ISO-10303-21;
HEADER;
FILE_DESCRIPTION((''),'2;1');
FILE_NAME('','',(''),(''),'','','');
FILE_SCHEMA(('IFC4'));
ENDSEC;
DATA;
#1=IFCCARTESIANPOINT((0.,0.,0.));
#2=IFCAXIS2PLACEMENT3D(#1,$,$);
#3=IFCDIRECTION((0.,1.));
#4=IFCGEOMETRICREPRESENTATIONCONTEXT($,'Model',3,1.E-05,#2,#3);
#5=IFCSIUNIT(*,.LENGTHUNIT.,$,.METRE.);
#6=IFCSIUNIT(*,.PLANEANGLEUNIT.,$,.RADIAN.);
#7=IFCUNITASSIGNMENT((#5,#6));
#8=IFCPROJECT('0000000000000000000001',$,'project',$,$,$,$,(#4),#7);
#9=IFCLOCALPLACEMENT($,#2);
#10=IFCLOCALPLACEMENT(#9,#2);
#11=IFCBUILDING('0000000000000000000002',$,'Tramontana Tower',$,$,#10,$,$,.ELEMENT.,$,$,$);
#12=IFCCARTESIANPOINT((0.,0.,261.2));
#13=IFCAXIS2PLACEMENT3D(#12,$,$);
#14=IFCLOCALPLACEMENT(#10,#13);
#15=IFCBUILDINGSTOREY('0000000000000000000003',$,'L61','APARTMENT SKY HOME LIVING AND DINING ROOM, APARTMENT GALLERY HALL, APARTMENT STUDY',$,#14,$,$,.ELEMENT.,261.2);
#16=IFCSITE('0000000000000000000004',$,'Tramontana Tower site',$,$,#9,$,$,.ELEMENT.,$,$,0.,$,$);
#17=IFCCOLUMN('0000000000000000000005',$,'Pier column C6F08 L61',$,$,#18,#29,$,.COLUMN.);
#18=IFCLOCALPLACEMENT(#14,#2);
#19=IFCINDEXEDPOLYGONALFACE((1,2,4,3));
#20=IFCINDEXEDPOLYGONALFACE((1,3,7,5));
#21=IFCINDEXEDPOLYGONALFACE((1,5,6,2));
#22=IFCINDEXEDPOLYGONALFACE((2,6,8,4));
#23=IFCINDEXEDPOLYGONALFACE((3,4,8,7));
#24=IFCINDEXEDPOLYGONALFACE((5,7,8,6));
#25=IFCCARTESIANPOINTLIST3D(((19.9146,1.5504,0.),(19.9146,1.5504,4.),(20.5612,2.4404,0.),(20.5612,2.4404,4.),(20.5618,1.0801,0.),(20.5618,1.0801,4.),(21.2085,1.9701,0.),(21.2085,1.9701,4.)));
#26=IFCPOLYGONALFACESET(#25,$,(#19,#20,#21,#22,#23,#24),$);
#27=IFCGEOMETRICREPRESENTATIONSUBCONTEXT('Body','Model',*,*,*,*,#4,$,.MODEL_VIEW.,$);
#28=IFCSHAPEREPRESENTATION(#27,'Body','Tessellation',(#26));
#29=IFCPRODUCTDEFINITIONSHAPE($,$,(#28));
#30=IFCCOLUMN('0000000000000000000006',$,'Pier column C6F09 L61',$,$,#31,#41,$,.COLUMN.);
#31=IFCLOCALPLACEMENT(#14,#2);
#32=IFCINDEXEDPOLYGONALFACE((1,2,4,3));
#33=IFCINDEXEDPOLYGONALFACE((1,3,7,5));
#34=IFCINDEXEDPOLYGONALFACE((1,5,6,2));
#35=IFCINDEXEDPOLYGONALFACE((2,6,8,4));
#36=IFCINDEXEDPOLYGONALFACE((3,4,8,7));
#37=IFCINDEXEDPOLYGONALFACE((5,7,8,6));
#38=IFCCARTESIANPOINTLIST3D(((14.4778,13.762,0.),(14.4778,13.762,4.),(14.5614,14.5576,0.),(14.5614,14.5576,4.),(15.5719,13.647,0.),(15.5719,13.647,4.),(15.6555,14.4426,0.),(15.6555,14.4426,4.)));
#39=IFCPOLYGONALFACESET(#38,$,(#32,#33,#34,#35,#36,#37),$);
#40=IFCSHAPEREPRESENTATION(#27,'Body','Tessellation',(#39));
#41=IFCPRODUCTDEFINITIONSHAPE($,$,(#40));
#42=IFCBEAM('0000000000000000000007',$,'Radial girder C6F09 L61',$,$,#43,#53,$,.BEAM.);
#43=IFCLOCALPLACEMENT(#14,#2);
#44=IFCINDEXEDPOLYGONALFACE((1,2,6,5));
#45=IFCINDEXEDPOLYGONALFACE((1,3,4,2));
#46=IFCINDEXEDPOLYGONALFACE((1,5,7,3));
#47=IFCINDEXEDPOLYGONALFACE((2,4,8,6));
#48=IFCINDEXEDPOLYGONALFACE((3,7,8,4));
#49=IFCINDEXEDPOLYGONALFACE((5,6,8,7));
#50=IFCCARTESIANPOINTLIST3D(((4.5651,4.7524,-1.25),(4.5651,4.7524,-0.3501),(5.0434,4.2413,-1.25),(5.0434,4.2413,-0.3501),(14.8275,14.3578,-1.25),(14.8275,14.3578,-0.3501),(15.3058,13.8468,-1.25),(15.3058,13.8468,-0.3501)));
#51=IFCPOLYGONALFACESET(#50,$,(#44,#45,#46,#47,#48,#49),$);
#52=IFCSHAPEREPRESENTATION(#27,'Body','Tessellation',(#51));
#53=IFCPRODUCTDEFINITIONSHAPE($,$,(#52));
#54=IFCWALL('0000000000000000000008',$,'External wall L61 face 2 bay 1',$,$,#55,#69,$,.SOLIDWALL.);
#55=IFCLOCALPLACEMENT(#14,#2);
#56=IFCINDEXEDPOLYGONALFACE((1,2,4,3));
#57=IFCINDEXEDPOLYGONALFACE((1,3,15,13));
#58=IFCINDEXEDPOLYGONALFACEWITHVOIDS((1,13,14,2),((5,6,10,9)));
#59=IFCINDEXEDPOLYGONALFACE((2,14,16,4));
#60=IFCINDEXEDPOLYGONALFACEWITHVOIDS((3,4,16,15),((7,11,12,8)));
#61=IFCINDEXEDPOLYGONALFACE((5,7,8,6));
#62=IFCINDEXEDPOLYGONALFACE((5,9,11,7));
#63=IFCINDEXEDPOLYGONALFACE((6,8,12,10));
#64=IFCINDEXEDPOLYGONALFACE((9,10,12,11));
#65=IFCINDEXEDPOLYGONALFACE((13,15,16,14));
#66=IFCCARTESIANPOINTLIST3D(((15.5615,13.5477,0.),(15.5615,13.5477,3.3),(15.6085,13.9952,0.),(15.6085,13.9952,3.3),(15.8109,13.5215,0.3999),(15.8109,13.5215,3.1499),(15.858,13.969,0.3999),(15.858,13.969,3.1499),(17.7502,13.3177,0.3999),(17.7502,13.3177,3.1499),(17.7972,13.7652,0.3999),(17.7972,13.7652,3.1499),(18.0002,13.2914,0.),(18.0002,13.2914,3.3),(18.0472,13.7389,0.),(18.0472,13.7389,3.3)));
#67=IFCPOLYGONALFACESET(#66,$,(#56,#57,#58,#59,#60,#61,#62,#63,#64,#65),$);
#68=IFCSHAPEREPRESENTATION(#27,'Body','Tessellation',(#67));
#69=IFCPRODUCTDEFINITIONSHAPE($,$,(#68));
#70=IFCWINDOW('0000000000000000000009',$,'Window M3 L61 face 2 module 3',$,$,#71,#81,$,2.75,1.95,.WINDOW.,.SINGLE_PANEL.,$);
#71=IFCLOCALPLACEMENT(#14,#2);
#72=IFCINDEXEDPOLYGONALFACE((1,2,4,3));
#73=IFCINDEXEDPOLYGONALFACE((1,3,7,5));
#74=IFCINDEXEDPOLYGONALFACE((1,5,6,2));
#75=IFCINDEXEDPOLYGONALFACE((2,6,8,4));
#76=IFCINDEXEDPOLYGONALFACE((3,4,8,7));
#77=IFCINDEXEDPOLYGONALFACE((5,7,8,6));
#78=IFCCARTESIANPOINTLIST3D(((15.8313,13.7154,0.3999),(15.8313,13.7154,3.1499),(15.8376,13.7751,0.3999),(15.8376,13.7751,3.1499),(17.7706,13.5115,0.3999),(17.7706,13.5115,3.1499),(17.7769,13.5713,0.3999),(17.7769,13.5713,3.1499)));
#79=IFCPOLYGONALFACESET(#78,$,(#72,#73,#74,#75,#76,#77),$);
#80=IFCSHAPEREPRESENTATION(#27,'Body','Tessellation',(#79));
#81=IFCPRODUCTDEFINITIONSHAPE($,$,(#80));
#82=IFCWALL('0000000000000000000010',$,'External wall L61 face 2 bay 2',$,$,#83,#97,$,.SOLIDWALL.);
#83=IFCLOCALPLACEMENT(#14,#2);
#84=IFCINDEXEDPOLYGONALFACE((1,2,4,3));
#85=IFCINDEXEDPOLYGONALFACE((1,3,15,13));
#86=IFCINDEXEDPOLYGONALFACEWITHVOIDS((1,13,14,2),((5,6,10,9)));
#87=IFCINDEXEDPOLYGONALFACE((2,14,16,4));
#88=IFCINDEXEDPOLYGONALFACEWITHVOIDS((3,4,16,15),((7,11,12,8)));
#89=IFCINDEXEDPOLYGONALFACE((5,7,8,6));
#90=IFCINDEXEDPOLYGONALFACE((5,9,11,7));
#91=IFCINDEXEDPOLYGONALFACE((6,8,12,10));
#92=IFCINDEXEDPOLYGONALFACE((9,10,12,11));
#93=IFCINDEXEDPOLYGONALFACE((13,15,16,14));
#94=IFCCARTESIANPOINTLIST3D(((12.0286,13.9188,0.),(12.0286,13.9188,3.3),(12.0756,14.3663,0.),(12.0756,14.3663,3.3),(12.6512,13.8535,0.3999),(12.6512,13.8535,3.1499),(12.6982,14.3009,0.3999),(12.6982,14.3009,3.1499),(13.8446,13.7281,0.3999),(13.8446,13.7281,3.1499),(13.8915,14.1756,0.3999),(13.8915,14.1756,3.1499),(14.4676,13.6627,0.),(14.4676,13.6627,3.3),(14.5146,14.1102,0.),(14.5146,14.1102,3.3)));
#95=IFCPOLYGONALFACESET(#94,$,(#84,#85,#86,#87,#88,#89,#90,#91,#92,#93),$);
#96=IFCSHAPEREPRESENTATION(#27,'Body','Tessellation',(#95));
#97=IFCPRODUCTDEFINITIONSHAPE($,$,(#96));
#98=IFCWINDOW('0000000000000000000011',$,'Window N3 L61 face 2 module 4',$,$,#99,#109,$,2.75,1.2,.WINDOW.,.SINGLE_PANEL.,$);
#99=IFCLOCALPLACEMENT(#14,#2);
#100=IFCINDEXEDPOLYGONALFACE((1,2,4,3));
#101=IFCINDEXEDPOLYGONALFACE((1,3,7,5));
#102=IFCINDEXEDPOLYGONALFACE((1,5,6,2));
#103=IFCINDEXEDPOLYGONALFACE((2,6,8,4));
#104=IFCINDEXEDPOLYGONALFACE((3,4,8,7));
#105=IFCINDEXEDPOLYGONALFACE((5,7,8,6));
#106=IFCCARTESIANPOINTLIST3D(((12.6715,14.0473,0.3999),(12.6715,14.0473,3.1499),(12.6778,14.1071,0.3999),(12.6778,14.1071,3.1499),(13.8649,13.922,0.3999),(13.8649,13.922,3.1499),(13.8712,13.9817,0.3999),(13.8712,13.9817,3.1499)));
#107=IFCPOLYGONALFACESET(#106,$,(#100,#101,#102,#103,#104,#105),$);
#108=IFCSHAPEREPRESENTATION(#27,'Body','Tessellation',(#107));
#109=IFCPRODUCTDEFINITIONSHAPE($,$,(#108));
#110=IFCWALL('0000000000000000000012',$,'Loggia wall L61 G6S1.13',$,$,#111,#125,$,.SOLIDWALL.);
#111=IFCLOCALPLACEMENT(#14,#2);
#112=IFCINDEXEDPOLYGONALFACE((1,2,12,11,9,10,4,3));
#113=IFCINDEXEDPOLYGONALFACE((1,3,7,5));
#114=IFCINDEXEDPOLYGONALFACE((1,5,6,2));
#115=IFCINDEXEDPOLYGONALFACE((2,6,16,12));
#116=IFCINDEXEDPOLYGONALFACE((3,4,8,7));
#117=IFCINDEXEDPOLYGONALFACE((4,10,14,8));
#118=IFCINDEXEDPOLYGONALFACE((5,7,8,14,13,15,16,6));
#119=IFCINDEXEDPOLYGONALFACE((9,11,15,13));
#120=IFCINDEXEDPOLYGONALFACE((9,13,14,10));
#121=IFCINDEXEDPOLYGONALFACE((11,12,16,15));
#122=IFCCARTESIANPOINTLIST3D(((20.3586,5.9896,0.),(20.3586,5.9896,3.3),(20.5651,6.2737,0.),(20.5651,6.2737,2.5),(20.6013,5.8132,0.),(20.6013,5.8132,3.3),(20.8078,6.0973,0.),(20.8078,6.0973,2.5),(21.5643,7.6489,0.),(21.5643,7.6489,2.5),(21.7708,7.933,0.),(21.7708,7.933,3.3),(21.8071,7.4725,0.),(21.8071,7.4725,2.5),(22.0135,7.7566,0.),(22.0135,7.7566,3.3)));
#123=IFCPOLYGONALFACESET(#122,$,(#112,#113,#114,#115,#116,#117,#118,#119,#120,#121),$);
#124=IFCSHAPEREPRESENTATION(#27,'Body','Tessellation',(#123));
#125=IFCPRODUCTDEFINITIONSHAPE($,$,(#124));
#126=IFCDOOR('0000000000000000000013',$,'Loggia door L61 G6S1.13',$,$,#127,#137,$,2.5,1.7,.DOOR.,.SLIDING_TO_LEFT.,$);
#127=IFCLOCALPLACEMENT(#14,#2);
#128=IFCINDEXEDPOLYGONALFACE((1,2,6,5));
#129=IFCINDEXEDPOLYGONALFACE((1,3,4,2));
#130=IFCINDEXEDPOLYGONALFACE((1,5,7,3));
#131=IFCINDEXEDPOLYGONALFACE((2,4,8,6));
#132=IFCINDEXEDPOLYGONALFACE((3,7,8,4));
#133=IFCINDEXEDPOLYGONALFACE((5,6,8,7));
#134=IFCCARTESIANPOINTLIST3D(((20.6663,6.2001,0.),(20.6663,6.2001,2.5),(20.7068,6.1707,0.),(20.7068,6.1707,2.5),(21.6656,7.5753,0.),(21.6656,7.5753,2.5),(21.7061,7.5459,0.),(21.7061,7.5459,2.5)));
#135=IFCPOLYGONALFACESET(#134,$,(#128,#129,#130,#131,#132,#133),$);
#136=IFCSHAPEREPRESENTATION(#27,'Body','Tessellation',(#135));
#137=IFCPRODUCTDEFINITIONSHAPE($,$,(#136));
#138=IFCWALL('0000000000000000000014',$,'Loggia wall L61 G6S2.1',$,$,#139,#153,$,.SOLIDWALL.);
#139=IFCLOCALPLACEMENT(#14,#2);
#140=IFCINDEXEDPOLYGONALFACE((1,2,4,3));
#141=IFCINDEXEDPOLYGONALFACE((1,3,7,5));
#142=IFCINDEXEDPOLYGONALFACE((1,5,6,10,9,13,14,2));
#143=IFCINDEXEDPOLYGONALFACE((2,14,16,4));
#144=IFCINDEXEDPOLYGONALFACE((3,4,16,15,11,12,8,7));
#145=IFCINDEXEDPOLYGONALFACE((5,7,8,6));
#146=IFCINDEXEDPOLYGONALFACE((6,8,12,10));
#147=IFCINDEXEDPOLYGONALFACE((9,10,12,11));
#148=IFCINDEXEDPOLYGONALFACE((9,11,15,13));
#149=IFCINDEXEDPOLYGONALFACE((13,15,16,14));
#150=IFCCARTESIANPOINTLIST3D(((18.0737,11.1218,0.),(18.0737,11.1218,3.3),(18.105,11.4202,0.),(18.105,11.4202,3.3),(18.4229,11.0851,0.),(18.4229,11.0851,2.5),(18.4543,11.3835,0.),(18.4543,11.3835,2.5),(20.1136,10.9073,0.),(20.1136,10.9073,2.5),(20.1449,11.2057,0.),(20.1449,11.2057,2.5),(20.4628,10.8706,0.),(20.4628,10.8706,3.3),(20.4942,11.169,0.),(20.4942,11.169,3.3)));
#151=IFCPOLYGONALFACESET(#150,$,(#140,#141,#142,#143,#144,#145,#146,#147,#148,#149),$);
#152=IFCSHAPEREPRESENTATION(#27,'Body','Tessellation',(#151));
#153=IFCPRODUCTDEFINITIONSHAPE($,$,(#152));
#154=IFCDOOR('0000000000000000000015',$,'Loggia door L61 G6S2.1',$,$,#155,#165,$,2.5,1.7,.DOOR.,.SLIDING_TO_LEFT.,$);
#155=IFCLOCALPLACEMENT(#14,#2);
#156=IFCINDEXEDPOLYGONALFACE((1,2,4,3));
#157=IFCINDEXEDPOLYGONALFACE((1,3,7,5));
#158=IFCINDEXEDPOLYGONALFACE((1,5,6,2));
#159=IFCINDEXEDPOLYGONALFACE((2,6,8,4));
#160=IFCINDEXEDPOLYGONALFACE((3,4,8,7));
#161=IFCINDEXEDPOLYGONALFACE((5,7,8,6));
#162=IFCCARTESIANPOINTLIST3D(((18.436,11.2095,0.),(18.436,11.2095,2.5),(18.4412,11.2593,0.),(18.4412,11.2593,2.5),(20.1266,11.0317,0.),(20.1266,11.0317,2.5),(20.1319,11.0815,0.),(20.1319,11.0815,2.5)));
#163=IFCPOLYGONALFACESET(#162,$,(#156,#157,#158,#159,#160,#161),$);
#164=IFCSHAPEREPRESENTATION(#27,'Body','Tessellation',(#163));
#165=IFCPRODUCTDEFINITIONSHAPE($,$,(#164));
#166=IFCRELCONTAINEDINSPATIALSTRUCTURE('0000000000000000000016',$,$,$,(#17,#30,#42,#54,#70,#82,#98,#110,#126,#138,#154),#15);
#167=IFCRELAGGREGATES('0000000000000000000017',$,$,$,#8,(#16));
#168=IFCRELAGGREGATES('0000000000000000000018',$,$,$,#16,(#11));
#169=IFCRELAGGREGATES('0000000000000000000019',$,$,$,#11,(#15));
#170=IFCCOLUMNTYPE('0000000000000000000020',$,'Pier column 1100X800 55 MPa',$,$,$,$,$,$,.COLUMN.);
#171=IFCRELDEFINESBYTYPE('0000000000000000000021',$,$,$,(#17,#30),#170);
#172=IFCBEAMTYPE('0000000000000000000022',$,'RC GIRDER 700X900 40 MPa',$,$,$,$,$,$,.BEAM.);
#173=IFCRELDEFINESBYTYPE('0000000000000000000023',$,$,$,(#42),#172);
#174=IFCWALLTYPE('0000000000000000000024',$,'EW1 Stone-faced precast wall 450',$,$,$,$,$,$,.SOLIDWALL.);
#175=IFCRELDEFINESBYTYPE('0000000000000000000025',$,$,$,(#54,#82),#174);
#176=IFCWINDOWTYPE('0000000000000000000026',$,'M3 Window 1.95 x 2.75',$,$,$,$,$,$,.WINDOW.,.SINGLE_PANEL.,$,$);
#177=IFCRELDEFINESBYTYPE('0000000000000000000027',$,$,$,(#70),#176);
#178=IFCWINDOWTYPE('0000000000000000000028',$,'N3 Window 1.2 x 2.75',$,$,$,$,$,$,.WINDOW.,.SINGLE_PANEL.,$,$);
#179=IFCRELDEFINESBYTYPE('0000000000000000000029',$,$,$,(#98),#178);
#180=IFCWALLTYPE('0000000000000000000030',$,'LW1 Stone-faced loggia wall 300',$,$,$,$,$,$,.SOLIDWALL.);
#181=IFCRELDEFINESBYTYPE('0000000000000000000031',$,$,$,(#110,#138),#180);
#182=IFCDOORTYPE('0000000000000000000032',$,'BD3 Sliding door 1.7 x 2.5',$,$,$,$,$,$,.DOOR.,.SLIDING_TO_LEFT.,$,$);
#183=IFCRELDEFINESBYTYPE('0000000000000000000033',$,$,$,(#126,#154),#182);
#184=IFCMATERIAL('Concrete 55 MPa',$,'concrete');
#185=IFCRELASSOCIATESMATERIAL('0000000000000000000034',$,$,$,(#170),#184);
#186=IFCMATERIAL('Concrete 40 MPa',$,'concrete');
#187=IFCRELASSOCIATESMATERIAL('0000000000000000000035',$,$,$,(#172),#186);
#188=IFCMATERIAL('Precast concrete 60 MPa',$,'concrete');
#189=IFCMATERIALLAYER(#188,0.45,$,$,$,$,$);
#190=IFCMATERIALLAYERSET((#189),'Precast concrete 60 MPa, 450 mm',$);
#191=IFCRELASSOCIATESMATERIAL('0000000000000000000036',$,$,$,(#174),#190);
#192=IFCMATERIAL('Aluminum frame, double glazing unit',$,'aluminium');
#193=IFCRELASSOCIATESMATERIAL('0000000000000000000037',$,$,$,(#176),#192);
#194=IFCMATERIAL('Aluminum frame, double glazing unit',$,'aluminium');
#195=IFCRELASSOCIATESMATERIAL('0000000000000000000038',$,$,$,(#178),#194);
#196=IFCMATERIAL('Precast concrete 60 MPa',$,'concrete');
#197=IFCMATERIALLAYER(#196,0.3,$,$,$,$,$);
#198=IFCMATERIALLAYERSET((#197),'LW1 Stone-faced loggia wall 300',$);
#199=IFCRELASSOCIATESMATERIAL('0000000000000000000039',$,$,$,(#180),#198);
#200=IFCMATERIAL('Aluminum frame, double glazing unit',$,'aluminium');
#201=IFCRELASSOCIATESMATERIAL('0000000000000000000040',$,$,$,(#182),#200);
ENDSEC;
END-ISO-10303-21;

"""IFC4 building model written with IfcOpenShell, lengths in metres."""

from ifc_helpers import new_model, si_unit, direction, frame, frame_2d, origin, origin_2d, place, context, subcontext, project, spatial, rectangle, extrude, material, layer, layer_set, material_profile, profile_set, type_object, element, fill, save


model = new_model("IFC4")

# Units and contexts
model_context = context("Model", 3, precision=1e-05, world=origin(), true_north=direction((0.0, 1.0)))
body_context = subcontext(model_context, "Body", "Model", "MODEL_VIEW")
ifc_project = project(units=[si_unit("LENGTHUNIT", "METRE"), si_unit("PLANEANGLEUNIT", "RADIAN")], contexts=[model_context])

# Site, building, storey
site_placement = place(None, origin())
site = spatial("IfcSite", under=ifc_project, at=site_placement, Name="Tramontana Tower site", CompositionType="ELEMENT", RefElevation=0.0)
building_placement = place(site_placement, origin())
building = spatial("IfcBuilding", under=site, at=building_placement, Name="Tramontana Tower", CompositionType="ELEMENT")
storey_placement = place(building_placement, frame((0.0, 0.0, 261.2)))
storey = spatial("IfcBuildingStorey", under=building, at=storey_placement, Name="L61", Description="APARTMENT SKY HOME LIVING AND DINING ROOM, APARTMENT GALLERY HALL, APARTMENT STUDY", CompositionType="ELEMENT", Elevation=261.2)

# Columns
ifc_material_1 = material(Name="Concrete 55 MPa", Category="concrete")
ifc_material_profile_1 = material_profile(ifc_material_1, rectangle(XDim=1.1001, YDim=0.8, at=origin_2d()), Name="Pier column 1100X800 55 MPa")
ifc_profile_set_1 = profile_set([ifc_material_profile_1], Name="Concrete 55 MPa")
column_type = type_object("IfcColumnType", Name="Pier column 1100X800 55 MPa", PredefinedType="COLUMN", material=ifc_profile_set_1)
for number, where, z_axis, x_axis, name in (
    (1, (20.5615, 1.7603, 0.0), (0.0, 0.0, 1.0), (0.587785, 0.809017, 0.0), "Pier column C6F08 L61"),
    (2, (15.0667, 14.1023, 0.0), (0.0, 0.0, 1.0), (-0.994522, 0.104528, 0.0), "Pier column C6F09 L61"),
):
    element("IfcColumn", number, at=place(storey_placement, frame(where, z_axis=z_axis, x_axis=x_axis)), inside=storey, type_object=column_type, Name=name, PredefinedType="COLUMN", context=body_context, shape_type="SweptSolid", body=[
        extrude(rectangle(XDim=1.1001, YDim=0.8, at=origin_2d()), origin(), (0.0, 0.0, 1.0), 4.0),
    ])

# Beam
ifc_material_2 = material(Name="Concrete 40 MPa", Category="concrete")
ifc_material_profile_2 = material_profile(ifc_material_2, rectangle(XDim=0.7, YDim=0.8999, at=origin_2d()), Name="RC GIRDER 700X900 40 MPa")
ifc_profile_set_2 = profile_set([ifc_material_profile_2], Name="Concrete 40 MPa")
beam_type = type_object("IfcBeamType", Name="RC GIRDER 700X900 40 MPa", PredefinedType="BEAM", material=ifc_profile_set_2)
beam_placement = place(storey_placement, frame((15.0667, 14.1023, -0.8), z_axis=(-0.73009, -0.683351, 0.0), x_axis=(0.683351, -0.73009, 0.0)))
element("IfcBeam", 3, at=beam_placement, inside=storey, type_object=beam_type, Name="Radial girder C6F09 L61", PredefinedType="BEAM", context=body_context, shape_type="SweptSolid", body=[
    extrude(rectangle(XDim=0.7, YDim=0.8999, at=origin_2d()), origin(), (0.0, 0.0, 1.0), 14.0564),
])

# Walls, openings, windows
ifc_material_3 = material(Name="Precast concrete 60 MPa", Category="concrete")
ifc_layer_1 = layer(ifc_material_3, 0.45)
ifc_layer_set_1 = layer_set([ifc_layer_1], Name="Precast concrete 60 MPa, 450 mm")
wall_type_1 = type_object("IfcWallType", Name="EW1 Stone-faced precast wall 450", PredefinedType="SOLIDWALL", material=ifc_layer_set_1)
wall_1_placement = place(storey_placement, frame((18.0237, 13.5151, 0.0), z_axis=(0.0, 0.0, 1.0), x_axis=(-0.994521, 0.10454, 0.0)))
wall_1 = element("IfcWall", 4, at=wall_1_placement, inside=storey, type_object=wall_type_1, Name="External wall L61 face 2 bay 1", PredefinedType="SOLIDWALL", context=body_context, shape_type="SweptSolid", body=[
    extrude(rectangle(XDim=2.4521, YDim=0.45, at=frame_2d((1.2261, 0.0))), origin(), (0.0, 0.0, 1.0), 3.3),
])
opening_1_placement = place(wall_1_placement, frame((0.2512, 0.0, 0.3999)))
opening_1 = element("IfcOpeningElement", 5, at=opening_1_placement, cuts=wall_1, PredefinedType="OPENING", context=body_context, shape_type="SweptSolid", body=[
    extrude(rectangle(XDim=1.95, YDim=2.75, at=frame_2d((0.9751, 1.375))), frame((0.0, 0.2349, 0.0), z_axis=(0.0, -1.0, 0.0), x_axis=(1.0, 0.0, 0.0)), (0.0, 0.0, 1.0), 0.47),
])
ifc_material_4 = material(Name="Aluminum frame, double glazing unit", Category="aluminium")
window_type_1 = type_object("IfcWindowType", Name="M3 Window 1.95 x 2.75", PartitioningType="SINGLE_PANEL", PredefinedType="WINDOW", material=ifc_material_4)
window_1_placement = place(opening_1_placement, origin())
window_1 = element("IfcWindow", 6, at=window_1_placement, inside=storey, type_object=window_type_1, Name="Window M3 L61 face 2 module 3", OverallHeight=2.75, OverallWidth=1.95, PartitioningType="SINGLE_PANEL", PredefinedType="WINDOW", context=body_context, shape_type="SweptSolid", body=[
    extrude(rectangle(XDim=1.95, YDim=2.75, at=frame_2d((0.9751, 1.375))), frame((0.0, 0.03, 0.0), z_axis=(0.0, -1.0, 0.0), x_axis=(1.0, 0.0, 0.0)), (0.0, 0.0, 1.0), 0.0601),
])
fill(opening_1, window_1)
wall_2_placement = place(storey_placement, frame((14.491, 13.8865, 0.0), z_axis=(0.0, 0.0, 1.0), x_axis=(-0.994532, 0.104431, 0.0)))
wall_2 = element("IfcWall", 7, at=wall_2_placement, inside=storey, type_object=wall_type_1, Name="External wall L61 face 2 bay 2", PredefinedType="SOLIDWALL", context=body_context, shape_type="SweptSolid", body=[
    extrude(rectangle(XDim=2.4524, YDim=0.45, at=frame_2d((1.2261, 0.0))), origin(), (0.0, 0.0, 1.0), 3.3),
])
opening_2_placement = place(wall_2_placement, frame((0.6262, 0.0, 0.3999)))
opening_2 = element("IfcOpeningElement", 8, at=opening_2_placement, cuts=wall_2, PredefinedType="OPENING", context=body_context, shape_type="SweptSolid", body=[
    extrude(rectangle(XDim=1.2, YDim=2.75, at=frame_2d((0.6001, 1.375))), frame((0.0, 0.2349, 0.0), z_axis=(0.0, -1.0, 0.0), x_axis=(1.0, 0.0, 0.0)), (0.0, 0.0, 1.0), 0.47),
])
ifc_material_5 = material(Name="Aluminum frame, double glazing unit", Category="aluminium")
window_type_2 = type_object("IfcWindowType", Name="N3 Window 1.2 x 2.75", PartitioningType="SINGLE_PANEL", PredefinedType="WINDOW", material=ifc_material_5)
window_2_placement = place(opening_2_placement, origin())
window_2 = element("IfcWindow", 9, at=window_2_placement, inside=storey, type_object=window_type_2, Name="Window N3 L61 face 2 module 4", OverallHeight=2.75, OverallWidth=1.2, PartitioningType="SINGLE_PANEL", PredefinedType="WINDOW", context=body_context, shape_type="SweptSolid", body=[
    extrude(rectangle(XDim=1.2, YDim=2.75, at=frame_2d((0.6001, 1.375))), frame((0.0, 0.03, 0.0), z_axis=(0.0, -1.0, 0.0), x_axis=(1.0, 0.0, 0.0)), (0.0, 0.0, 1.0), 0.0601),
])
fill(opening_2, window_2)

# Walls, openings, doors
ifc_material_6 = material(Name="Precast concrete 60 MPa", Category="concrete")
ifc_layer_2 = layer(ifc_material_6, 0.3)
ifc_layer_set_2 = layer_set([ifc_layer_2], Name="LW1 Stone-faced loggia wall 300")
wall_type_2 = type_object("IfcWallType", Name="LW1 Stone-faced loggia wall 300", PredefinedType="SOLIDWALL", material=ifc_layer_set_2)
wall_3_placement = place(storey_placement, frame((20.48, 5.9014, 0.0), z_axis=(0.0, 0.0, 1.0), x_axis=(0.587833, 0.808982, 0.0)))
wall_3 = element("IfcWall", 10, at=wall_3_placement, inside=storey, type_object=wall_type_2, Name="Loggia wall L61 G6S1.13", PredefinedType="SOLIDWALL", context=body_context, shape_type="SweptSolid", body=[
    extrude(rectangle(XDim=2.4023, YDim=0.3, at=frame_2d((1.2012, 0.0))), origin(), (0.0, 0.0, 1.0), 3.3),
])
opening_3_placement = place(wall_3_placement, frame((0.3511, 0.0, 0.0)))
opening_3 = element("IfcOpeningElement", 11, at=opening_3_placement, cuts=wall_3, PredefinedType="OPENING", context=body_context, shape_type="SweptSolid", body=[
    extrude(rectangle(XDim=1.7, YDim=2.5, at=frame_2d((0.8501, 1.25))), frame((0.0, 0.1599, 0.0), z_axis=(0.0, -1.0, 0.0), x_axis=(1.0, 0.0, 0.0)), (0.0, 0.0, 1.0), 0.3201),
])
ifc_material_7 = material(Name="Aluminum frame, double glazing unit", Category="aluminium")
door_type_1 = type_object("IfcDoorType", Name="BD3 Sliding door 1.7 x 2.5", OperationType="SLIDING_TO_LEFT", PredefinedType="DOOR", material=ifc_material_7)
door_1_placement = place(opening_3_placement, origin())
door_1 = element("IfcDoor", 12, at=door_1_placement, inside=storey, type_object=door_type_1, Name="Loggia door L61 G6S1.13", OperationType="SLIDING_TO_LEFT", OverallHeight=2.5, OverallWidth=1.7, PredefinedType="DOOR", context=body_context, shape_type="SweptSolid", body=[
    extrude(rectangle(XDim=1.7, YDim=2.5, at=frame_2d((0.8501, 1.25))), frame((0.0, 0.0249, 0.0), z_axis=(0.0, -1.0, 0.0), x_axis=(1.0, 0.0, 0.0)), (0.0, 0.0, 1.0), 0.05),
])
fill(opening_3, door_1)
wall_4_placement = place(storey_placement, frame((20.4785, 11.0198, 0.0), z_axis=(0.0, 0.0, 1.0), x_axis=(-0.994517, 0.104574, 0.0)))
wall_4 = element("IfcWall", 13, at=wall_4_placement, inside=storey, type_object=wall_type_2, Name="Loggia wall L61 G6S2.1", PredefinedType="SOLIDWALL", context=body_context, shape_type="SweptSolid", body=[
    extrude(rectangle(XDim=2.4023, YDim=0.3, at=frame_2d((1.2012, 0.0))), origin(), (0.0, 0.0, 1.0), 3.3),
])
opening_4_placement = place(wall_4_placement, frame((0.3511, 0.0, 0.0)))
opening_4 = element("IfcOpeningElement", 14, at=opening_4_placement, cuts=wall_4, PredefinedType="OPENING", context=body_context, shape_type="SweptSolid", body=[
    extrude(rectangle(XDim=1.7, YDim=2.5, at=frame_2d((0.8501, 1.25))), frame((0.0, 0.1599, 0.0), z_axis=(0.0, -1.0, 0.0), x_axis=(1.0, 0.0, 0.0)), (0.0, 0.0, 1.0), 0.3201),
])
door_2_placement = place(opening_4_placement, origin())
door_2 = element("IfcDoor", 15, at=door_2_placement, inside=storey, type_object=door_type_1, Name="Loggia door L61 G6S2.1", OperationType="SLIDING_TO_LEFT", OverallHeight=2.5, OverallWidth=1.7, PredefinedType="DOOR", context=body_context, shape_type="SweptSolid", body=[
    extrude(rectangle(XDim=1.7, YDim=2.5, at=frame_2d((0.8501, 1.25))), frame((0.0, 0.0249, 0.0), z_axis=(0.0, -1.0, 0.0), x_axis=(1.0, 0.0, 0.0)), (0.0, 0.0, 1.0), 0.05),
])
fill(opening_4, door_2)

save(model, "model.ifc")
